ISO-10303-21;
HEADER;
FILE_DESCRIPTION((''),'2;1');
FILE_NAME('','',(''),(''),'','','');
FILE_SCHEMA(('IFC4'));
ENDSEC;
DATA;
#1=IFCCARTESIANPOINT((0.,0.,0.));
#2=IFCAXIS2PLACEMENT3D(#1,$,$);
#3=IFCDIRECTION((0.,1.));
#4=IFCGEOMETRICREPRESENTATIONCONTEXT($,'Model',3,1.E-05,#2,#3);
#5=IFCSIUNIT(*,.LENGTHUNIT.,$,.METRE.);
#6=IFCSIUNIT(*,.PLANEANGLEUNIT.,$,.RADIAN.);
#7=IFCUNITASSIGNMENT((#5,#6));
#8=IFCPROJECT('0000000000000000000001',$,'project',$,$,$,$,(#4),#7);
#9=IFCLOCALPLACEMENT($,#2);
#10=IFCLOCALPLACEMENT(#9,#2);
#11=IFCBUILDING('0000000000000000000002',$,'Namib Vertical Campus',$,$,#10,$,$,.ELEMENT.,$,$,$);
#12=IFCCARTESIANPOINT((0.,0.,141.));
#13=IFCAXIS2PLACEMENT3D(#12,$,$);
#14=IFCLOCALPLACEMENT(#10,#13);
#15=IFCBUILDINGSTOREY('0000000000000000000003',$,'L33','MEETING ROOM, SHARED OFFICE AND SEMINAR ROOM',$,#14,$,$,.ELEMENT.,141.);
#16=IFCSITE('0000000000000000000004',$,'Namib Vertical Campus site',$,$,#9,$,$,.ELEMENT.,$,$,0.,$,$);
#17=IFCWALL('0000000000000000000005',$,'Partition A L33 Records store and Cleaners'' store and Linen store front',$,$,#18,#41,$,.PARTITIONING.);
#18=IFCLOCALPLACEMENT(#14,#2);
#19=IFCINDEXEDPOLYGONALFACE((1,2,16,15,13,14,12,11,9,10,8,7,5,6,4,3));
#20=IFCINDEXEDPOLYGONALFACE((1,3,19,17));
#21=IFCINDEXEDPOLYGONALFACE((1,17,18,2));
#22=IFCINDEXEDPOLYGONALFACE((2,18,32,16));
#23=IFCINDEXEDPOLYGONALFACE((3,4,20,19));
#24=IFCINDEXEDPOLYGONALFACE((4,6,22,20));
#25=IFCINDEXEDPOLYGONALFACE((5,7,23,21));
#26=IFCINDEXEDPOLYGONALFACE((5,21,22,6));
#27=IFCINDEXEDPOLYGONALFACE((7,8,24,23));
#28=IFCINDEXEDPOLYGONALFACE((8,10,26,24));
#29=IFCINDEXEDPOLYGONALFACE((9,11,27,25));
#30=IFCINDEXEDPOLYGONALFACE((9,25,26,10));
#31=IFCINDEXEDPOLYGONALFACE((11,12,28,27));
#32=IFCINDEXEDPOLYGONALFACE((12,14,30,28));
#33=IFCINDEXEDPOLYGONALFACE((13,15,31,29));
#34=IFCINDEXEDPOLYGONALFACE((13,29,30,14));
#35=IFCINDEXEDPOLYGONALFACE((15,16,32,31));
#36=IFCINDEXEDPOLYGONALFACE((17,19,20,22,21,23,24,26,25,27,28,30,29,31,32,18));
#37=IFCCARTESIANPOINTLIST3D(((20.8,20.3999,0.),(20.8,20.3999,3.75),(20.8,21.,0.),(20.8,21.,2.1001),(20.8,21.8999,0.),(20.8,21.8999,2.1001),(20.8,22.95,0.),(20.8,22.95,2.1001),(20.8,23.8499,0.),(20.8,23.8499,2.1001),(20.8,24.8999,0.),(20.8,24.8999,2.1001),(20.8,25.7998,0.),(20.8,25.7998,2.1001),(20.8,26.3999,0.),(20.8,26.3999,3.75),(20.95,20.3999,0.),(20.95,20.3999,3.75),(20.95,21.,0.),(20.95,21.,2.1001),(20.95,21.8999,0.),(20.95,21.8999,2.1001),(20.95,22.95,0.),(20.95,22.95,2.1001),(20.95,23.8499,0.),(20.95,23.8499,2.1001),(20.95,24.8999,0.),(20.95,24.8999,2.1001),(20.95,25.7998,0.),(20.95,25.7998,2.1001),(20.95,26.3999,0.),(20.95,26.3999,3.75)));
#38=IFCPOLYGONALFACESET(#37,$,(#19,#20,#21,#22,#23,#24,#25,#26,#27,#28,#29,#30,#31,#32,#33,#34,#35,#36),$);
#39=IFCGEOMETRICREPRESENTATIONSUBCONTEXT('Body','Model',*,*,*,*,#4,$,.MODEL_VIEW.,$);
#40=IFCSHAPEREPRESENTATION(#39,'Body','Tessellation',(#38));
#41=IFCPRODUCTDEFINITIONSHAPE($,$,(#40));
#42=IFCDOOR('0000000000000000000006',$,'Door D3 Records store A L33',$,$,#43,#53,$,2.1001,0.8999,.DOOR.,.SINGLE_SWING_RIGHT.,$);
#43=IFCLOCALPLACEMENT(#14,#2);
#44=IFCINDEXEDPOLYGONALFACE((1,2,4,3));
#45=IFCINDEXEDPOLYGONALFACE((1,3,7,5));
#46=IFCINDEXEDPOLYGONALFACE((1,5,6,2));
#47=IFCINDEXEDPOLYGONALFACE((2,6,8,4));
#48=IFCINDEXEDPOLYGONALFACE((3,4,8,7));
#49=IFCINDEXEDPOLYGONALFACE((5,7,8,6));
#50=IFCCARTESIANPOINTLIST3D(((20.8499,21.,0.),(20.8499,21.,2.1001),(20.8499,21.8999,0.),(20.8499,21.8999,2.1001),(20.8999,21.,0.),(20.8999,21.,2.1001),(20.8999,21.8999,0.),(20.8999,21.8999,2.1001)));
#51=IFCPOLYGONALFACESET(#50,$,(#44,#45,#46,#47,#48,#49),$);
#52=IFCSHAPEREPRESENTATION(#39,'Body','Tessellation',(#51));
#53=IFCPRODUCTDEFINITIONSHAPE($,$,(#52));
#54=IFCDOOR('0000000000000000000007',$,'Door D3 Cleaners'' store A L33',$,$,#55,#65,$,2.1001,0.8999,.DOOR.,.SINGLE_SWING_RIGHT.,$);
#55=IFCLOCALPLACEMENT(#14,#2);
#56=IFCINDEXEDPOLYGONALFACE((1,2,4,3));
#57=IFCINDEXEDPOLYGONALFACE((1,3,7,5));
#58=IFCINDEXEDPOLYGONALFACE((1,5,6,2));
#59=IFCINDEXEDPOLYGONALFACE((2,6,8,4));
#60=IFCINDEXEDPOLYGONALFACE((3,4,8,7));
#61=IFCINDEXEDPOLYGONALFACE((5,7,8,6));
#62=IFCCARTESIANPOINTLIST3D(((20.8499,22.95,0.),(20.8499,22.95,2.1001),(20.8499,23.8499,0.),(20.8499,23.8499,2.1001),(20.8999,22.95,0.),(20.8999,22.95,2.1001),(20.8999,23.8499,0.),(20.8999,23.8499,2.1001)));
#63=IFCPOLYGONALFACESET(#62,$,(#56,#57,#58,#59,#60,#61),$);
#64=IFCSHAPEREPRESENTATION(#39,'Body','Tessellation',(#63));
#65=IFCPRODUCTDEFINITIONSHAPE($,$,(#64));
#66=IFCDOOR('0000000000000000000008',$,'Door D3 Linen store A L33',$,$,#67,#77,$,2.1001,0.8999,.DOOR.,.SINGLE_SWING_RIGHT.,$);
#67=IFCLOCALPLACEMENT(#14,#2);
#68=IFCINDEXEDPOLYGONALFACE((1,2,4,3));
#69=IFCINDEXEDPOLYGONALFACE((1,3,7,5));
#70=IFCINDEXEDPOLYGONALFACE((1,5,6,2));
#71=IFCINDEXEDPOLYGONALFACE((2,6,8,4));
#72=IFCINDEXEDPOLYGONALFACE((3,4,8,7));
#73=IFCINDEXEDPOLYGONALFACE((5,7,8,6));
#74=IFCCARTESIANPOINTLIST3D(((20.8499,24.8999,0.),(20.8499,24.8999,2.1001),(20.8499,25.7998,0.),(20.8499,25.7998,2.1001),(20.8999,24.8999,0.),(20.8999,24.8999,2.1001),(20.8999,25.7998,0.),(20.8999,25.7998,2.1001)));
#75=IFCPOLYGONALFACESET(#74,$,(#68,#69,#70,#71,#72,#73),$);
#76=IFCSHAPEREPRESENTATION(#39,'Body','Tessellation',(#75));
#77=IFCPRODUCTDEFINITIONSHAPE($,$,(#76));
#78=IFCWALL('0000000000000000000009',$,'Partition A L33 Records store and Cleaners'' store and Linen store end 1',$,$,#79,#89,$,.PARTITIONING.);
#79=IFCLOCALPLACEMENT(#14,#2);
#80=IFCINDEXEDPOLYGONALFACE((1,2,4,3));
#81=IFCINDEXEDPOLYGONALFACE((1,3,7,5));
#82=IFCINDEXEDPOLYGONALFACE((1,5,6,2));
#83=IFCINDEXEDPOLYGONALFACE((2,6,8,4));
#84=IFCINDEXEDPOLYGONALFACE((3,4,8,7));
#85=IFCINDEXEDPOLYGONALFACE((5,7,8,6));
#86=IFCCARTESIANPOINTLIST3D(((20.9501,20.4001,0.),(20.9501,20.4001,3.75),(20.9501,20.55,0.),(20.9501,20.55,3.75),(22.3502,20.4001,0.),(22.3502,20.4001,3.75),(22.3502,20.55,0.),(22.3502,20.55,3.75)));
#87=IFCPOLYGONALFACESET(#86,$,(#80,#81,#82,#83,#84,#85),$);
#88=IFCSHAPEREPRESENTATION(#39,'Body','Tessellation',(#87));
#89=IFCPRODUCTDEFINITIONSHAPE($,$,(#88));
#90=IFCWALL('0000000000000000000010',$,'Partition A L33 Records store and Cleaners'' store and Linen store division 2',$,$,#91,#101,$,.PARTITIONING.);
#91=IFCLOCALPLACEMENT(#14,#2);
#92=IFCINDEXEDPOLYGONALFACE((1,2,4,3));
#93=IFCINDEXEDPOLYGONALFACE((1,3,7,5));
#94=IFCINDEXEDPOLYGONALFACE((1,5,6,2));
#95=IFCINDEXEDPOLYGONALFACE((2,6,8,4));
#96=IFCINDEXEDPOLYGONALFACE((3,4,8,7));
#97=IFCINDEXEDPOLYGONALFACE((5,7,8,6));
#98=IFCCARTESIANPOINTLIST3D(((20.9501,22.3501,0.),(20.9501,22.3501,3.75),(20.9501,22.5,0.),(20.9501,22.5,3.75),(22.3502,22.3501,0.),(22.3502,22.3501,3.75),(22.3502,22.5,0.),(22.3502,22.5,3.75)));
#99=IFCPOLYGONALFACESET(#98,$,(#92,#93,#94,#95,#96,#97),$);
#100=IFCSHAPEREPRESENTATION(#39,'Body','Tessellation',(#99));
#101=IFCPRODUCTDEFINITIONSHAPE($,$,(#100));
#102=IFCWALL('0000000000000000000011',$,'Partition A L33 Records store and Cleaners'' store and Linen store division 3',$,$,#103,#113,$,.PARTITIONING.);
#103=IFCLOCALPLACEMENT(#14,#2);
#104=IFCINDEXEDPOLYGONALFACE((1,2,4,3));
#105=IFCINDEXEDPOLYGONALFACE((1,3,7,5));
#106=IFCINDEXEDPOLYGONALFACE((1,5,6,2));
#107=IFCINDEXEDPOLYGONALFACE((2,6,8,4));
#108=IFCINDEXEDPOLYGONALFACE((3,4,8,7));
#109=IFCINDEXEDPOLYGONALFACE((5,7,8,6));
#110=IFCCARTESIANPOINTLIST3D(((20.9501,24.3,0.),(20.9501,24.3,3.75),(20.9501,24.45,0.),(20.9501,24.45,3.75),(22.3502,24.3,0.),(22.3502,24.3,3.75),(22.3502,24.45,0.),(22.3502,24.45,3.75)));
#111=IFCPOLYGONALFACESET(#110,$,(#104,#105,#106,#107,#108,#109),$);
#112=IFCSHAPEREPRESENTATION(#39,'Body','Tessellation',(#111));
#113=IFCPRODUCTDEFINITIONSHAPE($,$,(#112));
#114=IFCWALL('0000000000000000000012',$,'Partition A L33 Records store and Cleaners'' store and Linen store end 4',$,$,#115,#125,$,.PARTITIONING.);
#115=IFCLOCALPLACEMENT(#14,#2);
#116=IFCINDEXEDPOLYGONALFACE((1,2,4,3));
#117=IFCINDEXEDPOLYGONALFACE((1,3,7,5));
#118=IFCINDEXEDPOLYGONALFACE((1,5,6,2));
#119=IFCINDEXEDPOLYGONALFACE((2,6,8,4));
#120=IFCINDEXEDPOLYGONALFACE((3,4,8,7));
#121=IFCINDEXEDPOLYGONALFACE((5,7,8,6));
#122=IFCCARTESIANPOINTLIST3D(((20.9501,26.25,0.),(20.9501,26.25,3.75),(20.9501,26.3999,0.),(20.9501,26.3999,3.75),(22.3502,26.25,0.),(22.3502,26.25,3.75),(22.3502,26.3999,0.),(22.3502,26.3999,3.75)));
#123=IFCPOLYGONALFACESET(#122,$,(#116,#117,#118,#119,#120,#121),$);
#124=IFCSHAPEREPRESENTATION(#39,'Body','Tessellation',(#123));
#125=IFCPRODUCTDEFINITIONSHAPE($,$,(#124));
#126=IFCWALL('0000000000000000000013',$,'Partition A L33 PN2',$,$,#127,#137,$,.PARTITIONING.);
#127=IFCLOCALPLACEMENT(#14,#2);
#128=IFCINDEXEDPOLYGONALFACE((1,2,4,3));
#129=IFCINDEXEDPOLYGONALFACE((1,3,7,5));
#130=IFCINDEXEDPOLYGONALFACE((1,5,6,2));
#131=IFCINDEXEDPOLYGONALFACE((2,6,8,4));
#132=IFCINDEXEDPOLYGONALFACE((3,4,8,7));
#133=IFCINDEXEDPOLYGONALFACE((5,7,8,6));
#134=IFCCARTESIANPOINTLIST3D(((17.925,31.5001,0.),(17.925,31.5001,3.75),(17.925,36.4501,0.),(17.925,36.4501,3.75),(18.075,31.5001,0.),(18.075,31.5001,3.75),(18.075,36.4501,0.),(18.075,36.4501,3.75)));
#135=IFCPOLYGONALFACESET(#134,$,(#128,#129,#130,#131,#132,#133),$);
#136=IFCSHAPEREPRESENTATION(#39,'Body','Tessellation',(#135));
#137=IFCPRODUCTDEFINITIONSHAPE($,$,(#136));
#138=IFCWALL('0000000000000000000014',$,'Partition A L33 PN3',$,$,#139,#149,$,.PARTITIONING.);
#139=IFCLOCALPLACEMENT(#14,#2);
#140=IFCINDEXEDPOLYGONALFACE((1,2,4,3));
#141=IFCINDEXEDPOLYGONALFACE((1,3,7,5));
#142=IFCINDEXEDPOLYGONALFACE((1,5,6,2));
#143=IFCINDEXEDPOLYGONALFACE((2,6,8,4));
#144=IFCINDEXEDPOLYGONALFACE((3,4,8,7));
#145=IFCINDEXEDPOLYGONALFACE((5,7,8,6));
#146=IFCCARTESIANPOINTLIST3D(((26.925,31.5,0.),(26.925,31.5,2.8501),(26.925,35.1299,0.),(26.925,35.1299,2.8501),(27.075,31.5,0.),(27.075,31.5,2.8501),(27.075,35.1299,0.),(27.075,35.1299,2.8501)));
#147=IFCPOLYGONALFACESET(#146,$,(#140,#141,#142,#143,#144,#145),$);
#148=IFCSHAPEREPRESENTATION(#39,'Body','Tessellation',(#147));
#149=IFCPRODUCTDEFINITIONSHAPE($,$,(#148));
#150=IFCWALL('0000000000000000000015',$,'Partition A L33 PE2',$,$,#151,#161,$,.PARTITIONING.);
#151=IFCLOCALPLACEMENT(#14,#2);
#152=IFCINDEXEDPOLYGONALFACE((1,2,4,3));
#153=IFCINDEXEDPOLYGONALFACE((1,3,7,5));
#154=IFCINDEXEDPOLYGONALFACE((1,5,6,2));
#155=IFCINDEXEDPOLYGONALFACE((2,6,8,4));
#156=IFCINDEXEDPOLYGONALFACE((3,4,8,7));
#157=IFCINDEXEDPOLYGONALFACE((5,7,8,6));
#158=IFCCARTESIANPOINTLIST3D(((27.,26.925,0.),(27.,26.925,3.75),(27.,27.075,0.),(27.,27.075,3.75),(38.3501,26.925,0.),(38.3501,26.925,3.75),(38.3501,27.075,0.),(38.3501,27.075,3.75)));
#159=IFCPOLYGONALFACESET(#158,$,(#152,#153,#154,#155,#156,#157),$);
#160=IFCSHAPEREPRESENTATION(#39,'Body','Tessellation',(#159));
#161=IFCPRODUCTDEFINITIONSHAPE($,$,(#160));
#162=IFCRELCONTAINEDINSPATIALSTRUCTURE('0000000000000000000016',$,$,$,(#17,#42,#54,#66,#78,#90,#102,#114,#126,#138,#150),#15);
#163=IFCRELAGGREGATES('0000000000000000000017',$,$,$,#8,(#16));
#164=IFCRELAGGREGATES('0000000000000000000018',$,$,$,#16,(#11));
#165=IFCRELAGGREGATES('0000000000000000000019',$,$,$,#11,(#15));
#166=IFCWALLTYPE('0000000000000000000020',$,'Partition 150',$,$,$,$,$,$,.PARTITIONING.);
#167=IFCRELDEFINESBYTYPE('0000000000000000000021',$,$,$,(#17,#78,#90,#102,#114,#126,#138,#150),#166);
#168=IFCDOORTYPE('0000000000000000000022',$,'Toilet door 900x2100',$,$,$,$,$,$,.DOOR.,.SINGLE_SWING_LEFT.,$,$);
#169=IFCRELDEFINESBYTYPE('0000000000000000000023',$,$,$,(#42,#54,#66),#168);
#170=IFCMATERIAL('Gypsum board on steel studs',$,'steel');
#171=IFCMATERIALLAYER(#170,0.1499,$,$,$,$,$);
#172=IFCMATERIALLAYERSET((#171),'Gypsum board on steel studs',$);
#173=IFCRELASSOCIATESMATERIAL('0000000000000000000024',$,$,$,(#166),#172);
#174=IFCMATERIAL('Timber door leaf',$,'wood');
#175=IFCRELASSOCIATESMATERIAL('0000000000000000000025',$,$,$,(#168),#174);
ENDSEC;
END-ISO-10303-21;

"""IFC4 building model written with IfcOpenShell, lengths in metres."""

from ifc_helpers import new_model, si_unit, direction, frame, frame_2d, origin, place, context, subcontext, project, spatial, rectangle, extrude, material, layer, layer_set, type_object, element, fill, save


model = new_model("IFC4")

# Units and contexts
model_context = context("Model", 3, precision=1e-05, world=origin(), true_north=direction((0.0, 1.0)))
body_context = subcontext(model_context, "Body", "Model", "MODEL_VIEW")
ifc_project = project(units=[si_unit("LENGTHUNIT", "METRE"), si_unit("PLANEANGLEUNIT", "RADIAN")], contexts=[model_context])

# Site, building, storey
site_placement = place(None, origin())
site = spatial("IfcSite", under=ifc_project, at=site_placement, Name="Namib Vertical Campus site", CompositionType="ELEMENT", RefElevation=0.0)
building_placement = place(site_placement, origin())
building = spatial("IfcBuilding", under=site, at=building_placement, Name="Namib Vertical Campus", CompositionType="ELEMENT")
storey_placement = place(building_placement, frame((0.0, 0.0, 141.0)))
storey = spatial("IfcBuildingStorey", under=building, at=storey_placement, Name="L33", Description="MEETING ROOM, SHARED OFFICE AND SEMINAR ROOM", CompositionType="ELEMENT", Elevation=141.0)

# Wall, openings, doors
ifc_material_1 = material(Name="Gypsum board on steel studs", Category="steel")
ifc_layer_1 = layer(ifc_material_1, 0.1499)
ifc_layer_set_1 = layer_set([ifc_layer_1], Name="Gypsum board on steel studs")
wall_type_1 = type_object("IfcWallType", Name="Partition 150", PredefinedType="PARTITIONING", material=ifc_layer_set_1)
wall_1_placement = place(storey_placement, frame((20.875, 20.3999, 0.0), z_axis=(0.0, 0.0, 1.0), x_axis=(0.0, 1.0, 0.0)))
wall_1 = element("IfcWall", 1, at=wall_1_placement, inside=storey, type_object=wall_type_1, Name="Partition A L33 Records store and Cleaners' store and Linen store front", PredefinedType="PARTITIONING", context=body_context, shape_type="SweptSolid", body=[
    extrude(rectangle(XDim=6.0, YDim=0.1499, at=frame_2d((3.0, 0.0))), origin(), (0.0, 0.0, 1.0), 3.75),
])
opening_1_placement = place(wall_1_placement, frame((0.6001, 0.0, 0.0)))
opening_1 = element("IfcOpeningElement", 2, at=opening_1_placement, cuts=wall_1, PredefinedType="OPENING", context=body_context, shape_type="SweptSolid", body=[
    extrude(rectangle(XDim=0.8999, YDim=2.1001, at=frame_2d((0.45, 1.05))), frame((0.0, 0.085, 0.0), z_axis=(0.0, -1.0, 0.0), x_axis=(1.0, 0.0, 0.0)), (0.0, 0.0, 1.0), 0.1699),
])
opening_2_placement = place(wall_1_placement, frame((2.55, 0.0, 0.0)))
opening_2 = element("IfcOpeningElement", 3, at=opening_2_placement, cuts=wall_1, PredefinedType="OPENING", context=body_context, shape_type="SweptSolid", body=[
    extrude(rectangle(XDim=0.8999, YDim=2.1001, at=frame_2d((0.45, 1.05))), frame((0.0, 0.085, 0.0), z_axis=(0.0, -1.0, 0.0), x_axis=(1.0, 0.0, 0.0)), (0.0, 0.0, 1.0), 0.1699),
])
opening_3_placement = place(wall_1_placement, frame((4.5, 0.0, 0.0)))
opening_3 = element("IfcOpeningElement", 4, at=opening_3_placement, cuts=wall_1, PredefinedType="OPENING", context=body_context, shape_type="SweptSolid", body=[
    extrude(rectangle(XDim=0.8999, YDim=2.1001, at=frame_2d((0.45, 1.05))), frame((0.0, 0.085, 0.0), z_axis=(0.0, -1.0, 0.0), x_axis=(1.0, 0.0, 0.0)), (0.0, 0.0, 1.0), 0.1699),
])
ifc_material_2 = material(Name="Timber door leaf", Category="wood")
door_type_1 = type_object("IfcDoorType", Name="Toilet door 900x2100", OperationType="SINGLE_SWING_LEFT", PredefinedType="DOOR", material=ifc_material_2)
door_1_placement = place(opening_1_placement, frame((0.8999, 0.0, 0.0), z_axis=(0.0, 0.0, 1.0), x_axis=(-1.0, 0.0, 0.0)))
door_1 = element("IfcDoor", 5, at=door_1_placement, inside=storey, type_object=door_type_1, Name="Door D3 Records store A L33", OperationType="SINGLE_SWING_RIGHT", OverallHeight=2.1001, OverallWidth=0.8999, PredefinedType="DOOR", context=body_context, shape_type="SweptSolid", body=[
    extrude(rectangle(XDim=0.8999, YDim=2.1001, at=frame_2d((0.45, 1.05))), frame((0.0, 0.0249, 0.0), z_axis=(0.0, -1.0, 0.0), x_axis=(1.0, 0.0, 0.0)), (0.0, 0.0, 1.0), 0.05),
])
fill(opening_1, door_1)
door_2_placement = place(opening_2_placement, frame((0.8999, 0.0, 0.0), z_axis=(0.0, 0.0, 1.0), x_axis=(-1.0, 0.0, 0.0)))
door_2 = element("IfcDoor", 6, at=door_2_placement, inside=storey, type_object=door_type_1, Name="Door D3 Cleaners' store A L33", OperationType="SINGLE_SWING_RIGHT", OverallHeight=2.1001, OverallWidth=0.8999, PredefinedType="DOOR", context=body_context, shape_type="SweptSolid", body=[
    extrude(rectangle(XDim=0.8999, YDim=2.1001, at=frame_2d((0.45, 1.05))), frame((0.0, 0.0249, 0.0), z_axis=(0.0, -1.0, 0.0), x_axis=(1.0, 0.0, 0.0)), (0.0, 0.0, 1.0), 0.05),
])
fill(opening_2, door_2)
door_3_placement = place(opening_3_placement, frame((0.8999, 0.0, 0.0), z_axis=(0.0, 0.0, 1.0), x_axis=(-1.0, 0.0, 0.0)))
door_3 = element("IfcDoor", 7, at=door_3_placement, inside=storey, type_object=door_type_1, Name="Door D3 Linen store A L33", OperationType="SINGLE_SWING_RIGHT", OverallHeight=2.1001, OverallWidth=0.8999, PredefinedType="DOOR", context=body_context, shape_type="SweptSolid", body=[
    extrude(rectangle(XDim=0.8999, YDim=2.1001, at=frame_2d((0.45, 1.05))), frame((0.0, 0.0249, 0.0), z_axis=(0.0, -1.0, 0.0), x_axis=(1.0, 0.0, 0.0)), (0.0, 0.0, 1.0), 0.05),
])
fill(opening_3, door_3)

# Walls
for number, where, z_axis, x_axis, name in (
    (8, (20.95, 20.4751, 0.0), (0.0, 0.0, 1.0), (1.0, 0.0, 0.0), "Partition A L33 Records store and Cleaners' store and Linen store end 1"),
    (9, (20.95, 22.425, 0.0), (0.0, 0.0, 1.0), (1.0, 0.0, 0.0), "Partition A L33 Records store and Cleaners' store and Linen store division 2"),
    (10, (20.95, 24.375, 0.0), (0.0, 0.0, 1.0), (1.0, 0.0, 0.0), "Partition A L33 Records store and Cleaners' store and Linen store division 3"),
    (11, (20.95, 26.325, 0.0), (0.0, 0.0, 1.0), (1.0, 0.0, 0.0), "Partition A L33 Records store and Cleaners' store and Linen store end 4"),
):
    element("IfcWall", number, at=place(storey_placement, frame(where, z_axis=z_axis, x_axis=x_axis)), inside=storey, type_object=wall_type_1, Name=name, PredefinedType="PARTITIONING", context=body_context, shape_type="SweptSolid", body=[
        extrude(rectangle(XDim=1.4001, YDim=0.1499, at=frame_2d((0.7002, 0.0))), origin(), (0.0, 0.0, 1.0), 3.75),
    ])
wall_2_placement = place(storey_placement, frame((18.0, 31.5, 0.0), z_axis=(0.0, 0.0, 1.0), x_axis=(0.0, 1.0, 0.0)))
element("IfcWall", 12, at=wall_2_placement, inside=storey, type_object=wall_type_1, Name="Partition A L33 PN2", PredefinedType="PARTITIONING", context=body_context, shape_type="SweptSolid", body=[
    extrude(rectangle(XDim=4.95, YDim=0.1499, at=frame_2d((2.4751, 0.0))), origin(), (0.0, 0.0, 1.0), 3.75),
])
wall_3_placement = place(storey_placement, frame((27.0, 31.5, 0.0), z_axis=(0.0, 0.0, 1.0), x_axis=(0.0, 1.0, 0.0)))
element("IfcWall", 13, at=wall_3_placement, inside=storey, type_object=wall_type_1, Name="Partition A L33 PN3", PredefinedType="PARTITIONING", context=body_context, shape_type="SweptSolid", body=[
    extrude(rectangle(XDim=3.6299, YDim=0.1499, at=frame_2d((1.8149, 0.0))), origin(), (0.0, 0.0, 1.0), 2.8501),
])
wall_4_placement = place(storey_placement, frame((27.0, 27.0, 0.0), z_axis=(0.0, 0.0, 1.0), x_axis=(1.0, 0.0, 0.0)))
element("IfcWall", 14, at=wall_4_placement, inside=storey, type_object=wall_type_1, Name="Partition A L33 PE2", PredefinedType="PARTITIONING", context=body_context, shape_type="SweptSolid", body=[
    extrude(rectangle(XDim=11.3501, YDim=0.1499, at=frame_2d((5.675, 0.0))), origin(), (0.0, 0.0, 1.0), 3.75),
])

save(model, "model.ifc")
